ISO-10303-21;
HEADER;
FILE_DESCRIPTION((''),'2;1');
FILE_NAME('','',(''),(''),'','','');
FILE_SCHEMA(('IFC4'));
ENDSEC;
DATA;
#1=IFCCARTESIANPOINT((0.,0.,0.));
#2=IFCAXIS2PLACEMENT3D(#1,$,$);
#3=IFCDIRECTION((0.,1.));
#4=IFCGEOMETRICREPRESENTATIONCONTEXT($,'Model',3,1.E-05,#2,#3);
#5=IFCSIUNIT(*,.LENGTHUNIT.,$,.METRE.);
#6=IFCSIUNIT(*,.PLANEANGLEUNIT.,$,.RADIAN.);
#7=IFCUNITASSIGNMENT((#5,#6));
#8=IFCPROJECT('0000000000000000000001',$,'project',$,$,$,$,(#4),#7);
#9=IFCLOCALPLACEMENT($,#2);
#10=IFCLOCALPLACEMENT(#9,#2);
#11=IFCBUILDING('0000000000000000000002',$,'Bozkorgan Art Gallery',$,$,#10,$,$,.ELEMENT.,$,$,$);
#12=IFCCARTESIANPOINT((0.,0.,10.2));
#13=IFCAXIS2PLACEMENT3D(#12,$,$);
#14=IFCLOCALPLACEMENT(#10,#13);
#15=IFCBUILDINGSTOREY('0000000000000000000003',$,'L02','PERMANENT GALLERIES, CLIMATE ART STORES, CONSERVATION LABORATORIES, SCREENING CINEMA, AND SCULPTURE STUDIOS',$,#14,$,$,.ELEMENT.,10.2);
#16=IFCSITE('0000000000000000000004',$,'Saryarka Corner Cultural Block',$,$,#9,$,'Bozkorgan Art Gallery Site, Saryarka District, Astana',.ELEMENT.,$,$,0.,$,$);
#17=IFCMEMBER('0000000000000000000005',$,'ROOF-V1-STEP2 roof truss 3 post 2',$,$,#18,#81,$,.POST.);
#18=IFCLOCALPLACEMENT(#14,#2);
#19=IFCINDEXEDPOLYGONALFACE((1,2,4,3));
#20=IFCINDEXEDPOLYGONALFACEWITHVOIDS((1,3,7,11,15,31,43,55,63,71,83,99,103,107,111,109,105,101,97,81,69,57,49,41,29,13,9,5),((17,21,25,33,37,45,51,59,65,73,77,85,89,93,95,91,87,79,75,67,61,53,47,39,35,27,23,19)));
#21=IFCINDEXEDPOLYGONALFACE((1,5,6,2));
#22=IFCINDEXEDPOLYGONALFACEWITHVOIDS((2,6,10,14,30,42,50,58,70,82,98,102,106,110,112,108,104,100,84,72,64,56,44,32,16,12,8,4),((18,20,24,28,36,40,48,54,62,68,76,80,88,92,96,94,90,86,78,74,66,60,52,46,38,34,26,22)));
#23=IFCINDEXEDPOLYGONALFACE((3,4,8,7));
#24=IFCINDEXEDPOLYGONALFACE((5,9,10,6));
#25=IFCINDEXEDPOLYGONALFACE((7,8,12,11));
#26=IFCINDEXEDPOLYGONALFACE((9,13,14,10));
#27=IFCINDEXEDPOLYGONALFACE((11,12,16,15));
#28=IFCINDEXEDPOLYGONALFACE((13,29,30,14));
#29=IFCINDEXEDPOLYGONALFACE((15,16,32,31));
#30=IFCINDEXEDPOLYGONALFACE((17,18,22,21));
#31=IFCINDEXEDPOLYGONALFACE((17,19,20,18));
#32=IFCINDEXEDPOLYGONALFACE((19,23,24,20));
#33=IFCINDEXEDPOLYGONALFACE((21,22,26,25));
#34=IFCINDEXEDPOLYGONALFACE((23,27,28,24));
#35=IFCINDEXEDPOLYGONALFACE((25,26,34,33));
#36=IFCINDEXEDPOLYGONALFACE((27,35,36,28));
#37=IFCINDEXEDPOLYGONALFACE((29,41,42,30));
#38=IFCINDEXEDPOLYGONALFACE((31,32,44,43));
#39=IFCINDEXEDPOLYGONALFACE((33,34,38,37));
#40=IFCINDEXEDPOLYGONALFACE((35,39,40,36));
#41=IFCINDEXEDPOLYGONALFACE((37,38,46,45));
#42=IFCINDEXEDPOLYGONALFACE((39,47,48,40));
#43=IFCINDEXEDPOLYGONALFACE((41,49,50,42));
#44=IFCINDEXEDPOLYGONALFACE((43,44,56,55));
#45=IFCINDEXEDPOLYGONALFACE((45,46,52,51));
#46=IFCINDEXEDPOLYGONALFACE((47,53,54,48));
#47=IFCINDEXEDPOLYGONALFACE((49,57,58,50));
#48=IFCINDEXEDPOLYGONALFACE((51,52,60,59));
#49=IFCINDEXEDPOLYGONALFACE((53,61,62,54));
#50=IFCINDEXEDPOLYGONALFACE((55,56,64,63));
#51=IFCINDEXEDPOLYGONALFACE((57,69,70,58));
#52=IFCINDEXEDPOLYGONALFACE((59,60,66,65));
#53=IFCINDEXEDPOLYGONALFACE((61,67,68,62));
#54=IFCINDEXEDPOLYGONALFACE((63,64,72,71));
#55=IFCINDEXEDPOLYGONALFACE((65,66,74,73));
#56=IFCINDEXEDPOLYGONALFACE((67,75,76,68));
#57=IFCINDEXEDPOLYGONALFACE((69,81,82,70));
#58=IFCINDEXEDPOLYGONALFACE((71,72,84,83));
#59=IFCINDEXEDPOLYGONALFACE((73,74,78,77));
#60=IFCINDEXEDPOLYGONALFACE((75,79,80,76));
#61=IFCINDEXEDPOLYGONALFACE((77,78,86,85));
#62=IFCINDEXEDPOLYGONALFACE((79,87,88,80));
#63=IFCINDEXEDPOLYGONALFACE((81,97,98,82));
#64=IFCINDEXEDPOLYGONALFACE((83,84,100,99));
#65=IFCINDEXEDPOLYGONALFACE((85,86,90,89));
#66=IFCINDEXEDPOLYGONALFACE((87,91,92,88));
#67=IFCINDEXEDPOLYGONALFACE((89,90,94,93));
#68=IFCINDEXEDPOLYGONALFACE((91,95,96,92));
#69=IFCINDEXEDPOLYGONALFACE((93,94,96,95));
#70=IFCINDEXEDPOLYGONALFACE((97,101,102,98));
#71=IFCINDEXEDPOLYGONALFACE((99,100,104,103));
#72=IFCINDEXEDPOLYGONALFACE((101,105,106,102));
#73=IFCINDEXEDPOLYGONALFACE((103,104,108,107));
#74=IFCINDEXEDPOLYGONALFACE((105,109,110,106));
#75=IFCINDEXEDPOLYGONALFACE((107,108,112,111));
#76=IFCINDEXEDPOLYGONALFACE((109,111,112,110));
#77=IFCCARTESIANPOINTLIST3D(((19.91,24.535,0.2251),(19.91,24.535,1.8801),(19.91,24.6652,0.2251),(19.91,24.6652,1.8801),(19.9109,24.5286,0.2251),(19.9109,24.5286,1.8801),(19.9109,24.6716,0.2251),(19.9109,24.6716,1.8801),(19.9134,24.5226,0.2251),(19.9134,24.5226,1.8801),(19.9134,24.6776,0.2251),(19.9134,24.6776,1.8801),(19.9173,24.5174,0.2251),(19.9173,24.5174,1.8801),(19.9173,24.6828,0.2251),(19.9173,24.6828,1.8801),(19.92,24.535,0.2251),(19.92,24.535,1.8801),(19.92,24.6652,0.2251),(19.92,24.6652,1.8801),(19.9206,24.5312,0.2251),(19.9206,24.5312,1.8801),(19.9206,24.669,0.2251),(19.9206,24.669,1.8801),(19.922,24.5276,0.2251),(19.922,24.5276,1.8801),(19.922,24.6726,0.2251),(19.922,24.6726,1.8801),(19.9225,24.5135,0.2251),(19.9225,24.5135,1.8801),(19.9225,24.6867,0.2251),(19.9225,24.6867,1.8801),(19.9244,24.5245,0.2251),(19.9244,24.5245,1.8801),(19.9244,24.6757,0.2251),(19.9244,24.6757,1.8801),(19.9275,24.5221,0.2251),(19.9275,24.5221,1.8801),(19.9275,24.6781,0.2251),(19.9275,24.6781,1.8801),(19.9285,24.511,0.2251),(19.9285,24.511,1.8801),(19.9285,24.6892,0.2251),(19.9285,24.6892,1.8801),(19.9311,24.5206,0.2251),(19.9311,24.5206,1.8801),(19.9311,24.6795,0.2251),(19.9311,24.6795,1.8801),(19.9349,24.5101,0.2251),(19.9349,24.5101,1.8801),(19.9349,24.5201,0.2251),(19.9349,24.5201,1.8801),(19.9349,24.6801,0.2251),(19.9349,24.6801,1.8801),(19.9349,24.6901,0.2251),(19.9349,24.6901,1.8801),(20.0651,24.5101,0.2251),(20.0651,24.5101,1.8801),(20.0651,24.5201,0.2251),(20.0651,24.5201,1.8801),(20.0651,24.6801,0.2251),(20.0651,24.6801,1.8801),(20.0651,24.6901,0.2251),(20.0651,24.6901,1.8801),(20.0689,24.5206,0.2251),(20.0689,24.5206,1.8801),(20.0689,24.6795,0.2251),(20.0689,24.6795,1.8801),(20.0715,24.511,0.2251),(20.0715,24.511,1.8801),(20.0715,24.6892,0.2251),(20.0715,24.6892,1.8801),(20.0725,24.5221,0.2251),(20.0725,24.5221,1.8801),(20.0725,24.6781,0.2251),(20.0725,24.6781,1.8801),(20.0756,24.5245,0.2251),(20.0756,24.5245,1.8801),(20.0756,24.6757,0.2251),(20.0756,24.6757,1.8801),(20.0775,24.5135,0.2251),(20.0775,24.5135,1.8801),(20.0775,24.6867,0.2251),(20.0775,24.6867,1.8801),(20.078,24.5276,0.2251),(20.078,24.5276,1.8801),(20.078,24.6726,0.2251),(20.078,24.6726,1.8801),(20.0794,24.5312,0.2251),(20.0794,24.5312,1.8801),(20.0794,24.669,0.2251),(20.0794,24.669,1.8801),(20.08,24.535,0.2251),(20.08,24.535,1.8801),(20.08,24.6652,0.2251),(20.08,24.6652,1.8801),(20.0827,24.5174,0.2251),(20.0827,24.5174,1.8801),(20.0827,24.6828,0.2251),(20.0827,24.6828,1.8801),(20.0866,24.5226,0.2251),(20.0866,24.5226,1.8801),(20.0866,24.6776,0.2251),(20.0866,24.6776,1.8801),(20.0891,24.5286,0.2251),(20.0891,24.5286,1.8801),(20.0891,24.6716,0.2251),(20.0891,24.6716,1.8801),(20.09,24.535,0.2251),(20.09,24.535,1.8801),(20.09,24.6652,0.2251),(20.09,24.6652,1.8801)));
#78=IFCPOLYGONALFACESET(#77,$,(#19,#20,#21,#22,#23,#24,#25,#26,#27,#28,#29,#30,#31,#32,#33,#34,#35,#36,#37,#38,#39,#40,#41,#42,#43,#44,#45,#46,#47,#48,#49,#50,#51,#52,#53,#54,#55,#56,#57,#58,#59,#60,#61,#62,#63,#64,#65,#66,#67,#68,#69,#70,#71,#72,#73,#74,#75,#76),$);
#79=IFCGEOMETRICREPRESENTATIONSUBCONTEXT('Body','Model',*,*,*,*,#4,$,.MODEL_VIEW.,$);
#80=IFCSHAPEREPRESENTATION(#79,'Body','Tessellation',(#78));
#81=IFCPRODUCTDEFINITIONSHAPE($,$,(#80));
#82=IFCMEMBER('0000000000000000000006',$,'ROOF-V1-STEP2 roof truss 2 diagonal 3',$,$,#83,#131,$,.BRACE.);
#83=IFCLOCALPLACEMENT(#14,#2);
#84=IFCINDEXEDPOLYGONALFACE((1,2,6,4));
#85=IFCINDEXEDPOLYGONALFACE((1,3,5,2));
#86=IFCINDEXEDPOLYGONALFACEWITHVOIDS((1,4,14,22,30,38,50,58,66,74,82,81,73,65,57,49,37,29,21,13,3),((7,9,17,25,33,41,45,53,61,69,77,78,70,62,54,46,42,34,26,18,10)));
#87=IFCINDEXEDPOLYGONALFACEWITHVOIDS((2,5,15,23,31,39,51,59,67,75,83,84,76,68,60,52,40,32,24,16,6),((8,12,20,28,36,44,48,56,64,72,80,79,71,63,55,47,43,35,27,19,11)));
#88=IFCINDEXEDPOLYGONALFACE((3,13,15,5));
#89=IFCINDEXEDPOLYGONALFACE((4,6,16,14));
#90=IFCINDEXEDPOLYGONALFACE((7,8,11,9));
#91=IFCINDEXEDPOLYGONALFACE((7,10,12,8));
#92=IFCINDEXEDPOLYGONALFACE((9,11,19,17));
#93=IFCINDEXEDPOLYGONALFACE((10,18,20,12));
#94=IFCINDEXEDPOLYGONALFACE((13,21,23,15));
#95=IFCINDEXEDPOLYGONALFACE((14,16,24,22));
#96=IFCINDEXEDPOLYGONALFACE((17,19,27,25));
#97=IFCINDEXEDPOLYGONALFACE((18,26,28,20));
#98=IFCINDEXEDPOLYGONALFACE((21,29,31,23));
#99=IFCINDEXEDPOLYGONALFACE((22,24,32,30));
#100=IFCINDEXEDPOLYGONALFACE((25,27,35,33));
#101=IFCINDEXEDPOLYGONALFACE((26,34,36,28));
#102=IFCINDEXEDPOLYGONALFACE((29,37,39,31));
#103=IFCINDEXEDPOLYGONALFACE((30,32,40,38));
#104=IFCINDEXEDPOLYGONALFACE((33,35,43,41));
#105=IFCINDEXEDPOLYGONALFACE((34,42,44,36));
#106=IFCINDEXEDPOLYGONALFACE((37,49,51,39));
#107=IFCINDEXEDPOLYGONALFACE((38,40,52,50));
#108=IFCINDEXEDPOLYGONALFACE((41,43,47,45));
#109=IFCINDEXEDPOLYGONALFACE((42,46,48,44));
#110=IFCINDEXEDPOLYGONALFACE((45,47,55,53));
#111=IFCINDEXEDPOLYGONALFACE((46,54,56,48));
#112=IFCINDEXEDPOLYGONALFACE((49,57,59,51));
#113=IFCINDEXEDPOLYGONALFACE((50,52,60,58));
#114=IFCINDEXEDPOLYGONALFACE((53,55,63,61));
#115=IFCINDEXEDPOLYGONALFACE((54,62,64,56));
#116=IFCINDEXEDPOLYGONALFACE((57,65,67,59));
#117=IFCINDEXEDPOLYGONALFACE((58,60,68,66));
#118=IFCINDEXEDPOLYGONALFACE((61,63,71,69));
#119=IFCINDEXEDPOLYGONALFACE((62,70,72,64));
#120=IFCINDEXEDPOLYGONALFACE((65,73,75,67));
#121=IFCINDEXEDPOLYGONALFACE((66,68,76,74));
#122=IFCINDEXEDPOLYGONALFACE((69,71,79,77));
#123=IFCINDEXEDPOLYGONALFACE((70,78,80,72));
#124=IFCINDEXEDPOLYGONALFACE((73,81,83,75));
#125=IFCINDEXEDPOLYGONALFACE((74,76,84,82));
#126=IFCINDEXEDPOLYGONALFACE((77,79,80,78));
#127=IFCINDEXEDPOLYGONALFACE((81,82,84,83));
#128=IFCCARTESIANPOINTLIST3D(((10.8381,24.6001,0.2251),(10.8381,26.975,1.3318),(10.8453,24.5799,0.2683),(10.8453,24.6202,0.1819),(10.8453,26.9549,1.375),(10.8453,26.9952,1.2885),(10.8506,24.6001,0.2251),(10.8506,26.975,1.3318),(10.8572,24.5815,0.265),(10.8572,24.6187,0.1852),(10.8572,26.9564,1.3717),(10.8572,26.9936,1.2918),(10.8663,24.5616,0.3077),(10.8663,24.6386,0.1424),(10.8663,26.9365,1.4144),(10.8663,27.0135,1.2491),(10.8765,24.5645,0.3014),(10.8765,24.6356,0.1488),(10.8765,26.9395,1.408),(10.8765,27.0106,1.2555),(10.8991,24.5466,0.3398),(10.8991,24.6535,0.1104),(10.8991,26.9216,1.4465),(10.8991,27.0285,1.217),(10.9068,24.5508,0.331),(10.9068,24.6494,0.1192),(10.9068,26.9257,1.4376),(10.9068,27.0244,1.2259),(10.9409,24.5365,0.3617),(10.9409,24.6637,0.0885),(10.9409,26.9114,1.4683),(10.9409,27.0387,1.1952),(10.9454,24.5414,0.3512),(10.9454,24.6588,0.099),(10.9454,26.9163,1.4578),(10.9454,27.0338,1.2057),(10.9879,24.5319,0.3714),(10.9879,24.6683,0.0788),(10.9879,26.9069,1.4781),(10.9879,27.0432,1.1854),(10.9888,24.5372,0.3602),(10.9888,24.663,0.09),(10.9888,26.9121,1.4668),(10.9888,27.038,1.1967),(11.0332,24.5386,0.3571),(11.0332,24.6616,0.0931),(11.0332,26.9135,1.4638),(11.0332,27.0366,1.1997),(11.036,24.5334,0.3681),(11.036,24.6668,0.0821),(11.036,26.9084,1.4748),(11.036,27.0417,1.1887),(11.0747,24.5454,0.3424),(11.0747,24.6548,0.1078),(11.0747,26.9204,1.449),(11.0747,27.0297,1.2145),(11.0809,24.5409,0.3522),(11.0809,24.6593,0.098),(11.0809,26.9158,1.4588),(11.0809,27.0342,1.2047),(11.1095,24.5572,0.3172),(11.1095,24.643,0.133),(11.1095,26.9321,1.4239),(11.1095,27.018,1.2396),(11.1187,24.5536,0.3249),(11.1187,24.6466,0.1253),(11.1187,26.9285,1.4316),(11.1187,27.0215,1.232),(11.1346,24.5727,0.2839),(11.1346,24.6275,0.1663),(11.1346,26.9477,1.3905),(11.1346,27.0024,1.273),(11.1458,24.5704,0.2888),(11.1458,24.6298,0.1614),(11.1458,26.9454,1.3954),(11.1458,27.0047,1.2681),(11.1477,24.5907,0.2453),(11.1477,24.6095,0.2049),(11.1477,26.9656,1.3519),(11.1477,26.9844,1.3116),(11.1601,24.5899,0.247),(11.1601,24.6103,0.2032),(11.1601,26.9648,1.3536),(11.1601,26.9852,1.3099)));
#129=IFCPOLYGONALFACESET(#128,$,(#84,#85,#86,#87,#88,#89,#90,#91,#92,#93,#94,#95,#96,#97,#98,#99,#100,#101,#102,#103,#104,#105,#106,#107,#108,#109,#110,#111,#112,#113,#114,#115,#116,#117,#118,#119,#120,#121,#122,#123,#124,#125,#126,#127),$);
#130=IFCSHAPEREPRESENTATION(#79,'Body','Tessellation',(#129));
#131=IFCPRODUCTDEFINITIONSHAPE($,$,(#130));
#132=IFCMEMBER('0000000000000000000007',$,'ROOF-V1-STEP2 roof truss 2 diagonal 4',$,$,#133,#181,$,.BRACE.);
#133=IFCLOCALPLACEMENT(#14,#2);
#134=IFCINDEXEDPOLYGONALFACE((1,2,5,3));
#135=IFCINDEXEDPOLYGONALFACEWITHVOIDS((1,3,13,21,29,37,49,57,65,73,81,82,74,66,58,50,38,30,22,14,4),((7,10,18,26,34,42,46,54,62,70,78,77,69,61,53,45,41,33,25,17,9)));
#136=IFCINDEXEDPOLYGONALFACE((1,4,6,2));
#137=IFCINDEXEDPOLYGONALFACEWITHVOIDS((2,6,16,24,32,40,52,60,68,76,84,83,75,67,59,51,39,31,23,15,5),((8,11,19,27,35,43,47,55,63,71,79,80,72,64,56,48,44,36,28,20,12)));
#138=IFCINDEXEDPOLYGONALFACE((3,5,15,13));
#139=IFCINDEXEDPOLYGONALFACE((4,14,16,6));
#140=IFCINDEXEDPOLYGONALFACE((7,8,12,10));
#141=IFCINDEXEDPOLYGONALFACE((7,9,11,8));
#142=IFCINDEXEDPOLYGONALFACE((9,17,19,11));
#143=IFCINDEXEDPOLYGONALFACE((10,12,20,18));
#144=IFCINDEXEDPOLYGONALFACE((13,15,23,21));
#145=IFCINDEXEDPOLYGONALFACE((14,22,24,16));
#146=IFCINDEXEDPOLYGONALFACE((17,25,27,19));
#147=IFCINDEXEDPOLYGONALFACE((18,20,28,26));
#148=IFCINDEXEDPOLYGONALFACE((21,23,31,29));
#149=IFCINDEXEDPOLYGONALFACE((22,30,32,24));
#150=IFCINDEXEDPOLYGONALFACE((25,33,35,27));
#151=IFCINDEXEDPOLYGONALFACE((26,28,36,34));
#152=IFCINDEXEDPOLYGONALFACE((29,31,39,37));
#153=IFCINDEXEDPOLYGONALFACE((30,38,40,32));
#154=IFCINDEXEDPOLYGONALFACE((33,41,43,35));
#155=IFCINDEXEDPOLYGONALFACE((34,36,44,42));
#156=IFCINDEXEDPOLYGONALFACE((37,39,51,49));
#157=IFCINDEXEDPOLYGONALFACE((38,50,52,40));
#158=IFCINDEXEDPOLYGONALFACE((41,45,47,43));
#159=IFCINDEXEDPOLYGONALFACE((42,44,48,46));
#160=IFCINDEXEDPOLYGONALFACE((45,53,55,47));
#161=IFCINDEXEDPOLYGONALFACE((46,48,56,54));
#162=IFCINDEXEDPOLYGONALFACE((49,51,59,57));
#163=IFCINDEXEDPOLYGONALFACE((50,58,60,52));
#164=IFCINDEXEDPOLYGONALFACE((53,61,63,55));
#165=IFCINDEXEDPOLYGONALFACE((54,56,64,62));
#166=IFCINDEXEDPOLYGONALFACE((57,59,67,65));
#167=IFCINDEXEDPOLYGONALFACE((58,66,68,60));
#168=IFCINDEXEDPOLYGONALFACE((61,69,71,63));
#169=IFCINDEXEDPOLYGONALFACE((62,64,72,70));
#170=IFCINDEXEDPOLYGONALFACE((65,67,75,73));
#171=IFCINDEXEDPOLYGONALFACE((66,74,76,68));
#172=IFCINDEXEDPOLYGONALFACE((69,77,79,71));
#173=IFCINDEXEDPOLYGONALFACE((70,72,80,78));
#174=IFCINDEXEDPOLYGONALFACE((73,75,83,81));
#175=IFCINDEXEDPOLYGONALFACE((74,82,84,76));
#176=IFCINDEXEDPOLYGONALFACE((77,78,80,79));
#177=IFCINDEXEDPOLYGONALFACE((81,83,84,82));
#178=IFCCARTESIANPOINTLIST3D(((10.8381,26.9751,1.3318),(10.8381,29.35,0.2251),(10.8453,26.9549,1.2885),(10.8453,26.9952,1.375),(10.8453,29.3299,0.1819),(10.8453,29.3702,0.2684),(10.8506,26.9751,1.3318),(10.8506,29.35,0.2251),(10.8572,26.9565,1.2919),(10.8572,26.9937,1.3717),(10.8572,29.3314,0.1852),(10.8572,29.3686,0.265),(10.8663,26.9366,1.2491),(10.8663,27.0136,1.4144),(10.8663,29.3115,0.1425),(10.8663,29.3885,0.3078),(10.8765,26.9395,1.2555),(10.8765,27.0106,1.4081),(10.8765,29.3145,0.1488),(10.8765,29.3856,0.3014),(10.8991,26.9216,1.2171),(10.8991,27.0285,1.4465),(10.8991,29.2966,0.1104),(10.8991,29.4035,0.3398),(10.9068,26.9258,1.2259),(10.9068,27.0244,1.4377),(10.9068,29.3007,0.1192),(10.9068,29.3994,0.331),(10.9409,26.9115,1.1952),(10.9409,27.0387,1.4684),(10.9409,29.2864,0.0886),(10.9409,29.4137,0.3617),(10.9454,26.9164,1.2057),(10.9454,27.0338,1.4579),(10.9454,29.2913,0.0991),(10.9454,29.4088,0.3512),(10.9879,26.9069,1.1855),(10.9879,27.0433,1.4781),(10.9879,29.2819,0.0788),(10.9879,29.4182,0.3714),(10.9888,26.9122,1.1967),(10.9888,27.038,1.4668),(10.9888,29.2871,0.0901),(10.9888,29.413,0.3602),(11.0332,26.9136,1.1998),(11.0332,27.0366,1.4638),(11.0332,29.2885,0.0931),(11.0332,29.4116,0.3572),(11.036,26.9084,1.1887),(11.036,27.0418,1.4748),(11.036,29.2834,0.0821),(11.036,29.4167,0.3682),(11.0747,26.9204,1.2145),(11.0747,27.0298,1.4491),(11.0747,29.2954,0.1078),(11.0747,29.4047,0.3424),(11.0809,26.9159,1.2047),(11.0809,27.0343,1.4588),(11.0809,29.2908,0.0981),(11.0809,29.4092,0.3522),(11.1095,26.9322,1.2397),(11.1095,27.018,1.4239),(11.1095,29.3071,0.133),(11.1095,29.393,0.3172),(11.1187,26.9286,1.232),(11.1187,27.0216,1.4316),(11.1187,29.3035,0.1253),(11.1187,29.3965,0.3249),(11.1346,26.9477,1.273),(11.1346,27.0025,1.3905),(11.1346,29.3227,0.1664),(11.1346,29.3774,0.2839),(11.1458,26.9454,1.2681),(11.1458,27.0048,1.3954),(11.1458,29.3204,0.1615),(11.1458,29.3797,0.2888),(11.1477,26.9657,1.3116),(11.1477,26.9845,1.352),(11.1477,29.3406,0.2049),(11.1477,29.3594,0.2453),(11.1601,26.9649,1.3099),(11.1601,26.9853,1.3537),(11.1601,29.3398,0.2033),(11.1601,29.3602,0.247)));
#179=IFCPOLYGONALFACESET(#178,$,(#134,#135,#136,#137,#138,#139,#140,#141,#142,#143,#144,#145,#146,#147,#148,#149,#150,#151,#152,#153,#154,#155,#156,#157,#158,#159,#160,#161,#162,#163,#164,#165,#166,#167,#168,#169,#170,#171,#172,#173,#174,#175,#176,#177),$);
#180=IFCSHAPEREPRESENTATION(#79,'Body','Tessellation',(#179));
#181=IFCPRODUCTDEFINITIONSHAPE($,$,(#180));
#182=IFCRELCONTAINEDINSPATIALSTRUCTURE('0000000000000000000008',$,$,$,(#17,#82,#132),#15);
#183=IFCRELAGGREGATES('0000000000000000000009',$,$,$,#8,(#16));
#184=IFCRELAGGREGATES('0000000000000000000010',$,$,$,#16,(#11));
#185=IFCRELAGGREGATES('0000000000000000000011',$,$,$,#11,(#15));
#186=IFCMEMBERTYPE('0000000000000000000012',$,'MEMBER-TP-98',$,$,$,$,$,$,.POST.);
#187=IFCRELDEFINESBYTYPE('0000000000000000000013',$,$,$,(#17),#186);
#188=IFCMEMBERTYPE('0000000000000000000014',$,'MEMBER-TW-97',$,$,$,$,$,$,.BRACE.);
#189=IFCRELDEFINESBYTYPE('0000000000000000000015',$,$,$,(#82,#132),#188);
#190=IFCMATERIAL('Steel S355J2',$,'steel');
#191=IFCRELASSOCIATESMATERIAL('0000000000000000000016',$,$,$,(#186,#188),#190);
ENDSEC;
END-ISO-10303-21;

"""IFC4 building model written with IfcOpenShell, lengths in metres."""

from ifc_helpers import new_model, si_unit, direction, frame, origin, origin_2d, place, context, subcontext, project, spatial, hollow_rectangle, hollow_circle, extrude, material, material_profile, profile_set, type_object, element, save


model = new_model("IFC4")

# Units and contexts
model_context = context("Model", 3, precision=1e-05, world=origin(), true_north=direction((0.0, 1.0)))
body_context = subcontext(model_context, "Body", "Model", "MODEL_VIEW")
ifc_project = project(units=[si_unit("LENGTHUNIT", "METRE"), si_unit("PLANEANGLEUNIT", "RADIAN")], contexts=[model_context])

# Site, building, storey
site_placement = place(None, origin())
site = spatial("IfcSite", under=ifc_project, at=site_placement, Name="Saryarka Corner Cultural Block", LongName="Bozkorgan Art Gallery Site, Saryarka District, Astana", CompositionType="ELEMENT", RefElevation=0.0)
building_placement = place(site_placement, origin())
building = spatial("IfcBuilding", under=site, at=building_placement, Name="Bozkorgan Art Gallery", CompositionType="ELEMENT")
storey_placement = place(building_placement, frame((0.0, 0.0, 10.2)))
storey = spatial("IfcBuildingStorey", under=building, at=storey_placement, Name="L02", Description="PERMANENT GALLERIES, CLIMATE ART STORES, CONSERVATION LABORATORIES, SCREENING CINEMA, AND SCULPTURE STUDIOS", CompositionType="ELEMENT", Elevation=10.2)

# Members
ifc_material_1 = material(Name="Steel S355J2", Category="steel")
ifc_material_profile_1 = material_profile(ifc_material_1, hollow_rectangle(XDim=0.1799, YDim=0.1799, WallThickness=0.01, InnerFilletRadius=0.0149, OuterFilletRadius=0.0249, at=origin_2d()), Name="SHS 180x180x10")
ifc_profile_set_1 = profile_set([ifc_material_profile_1], Name="Steel S355J2")
member_type_1 = type_object("IfcMemberType", Name="MEMBER-TP-98", PredefinedType="POST", material=ifc_profile_set_1)
member_1_placement = place(storey_placement, frame((20.0, 24.6001, 0.2251), z_axis=(0.0, 0.0, 1.0), x_axis=(1.0, 0.0, 0.0)))
element("IfcMember", 1, at=member_1_placement, inside=storey, type_object=member_type_1, Name="ROOF-V1-STEP2 roof truss 3 post 2", PredefinedType="POST", context=body_context, shape_type="SweptSolid", body=[
    extrude(hollow_rectangle(XDim=0.1799, YDim=0.1799, WallThickness=0.01, InnerFilletRadius=0.0149, OuterFilletRadius=0.0249, at=origin_2d()), origin(), (0.0, 0.0, 1.0), 1.655),
])
ifc_material_profile_2 = material_profile(ifc_material_1, hollow_circle(Radius=0.1619, WallThickness=0.0125, at=origin_2d()), Name="CHS 323.9x12.5")
ifc_profile_set_2 = profile_set([ifc_material_profile_2], Name="Steel S355J2")
member_type_2 = type_object("IfcMemberType", Name="MEMBER-TW-97", PredefinedType="BRACE", material=ifc_profile_set_2)
for number, where, z_axis, x_axis, name in (
    (2, (11.0, 24.6001, 0.2251), (0.0, 0.906423, 0.42237), (-1.0, 0.0, 0.0), "ROOF-V1-STEP2 roof truss 2 diagonal 3"),
    (3, (11.0, 26.9751, 1.3318), (0.0, 0.906423, -0.42237), (-1.0, 0.0, 0.0), "ROOF-V1-STEP2 roof truss 2 diagonal 4"),
):
    element("IfcMember", number, at=place(storey_placement, frame(where, z_axis=z_axis, x_axis=x_axis)), inside=storey, type_object=member_type_2, Name=name, PredefinedType="BRACE", context=body_context, shape_type="SweptSolid", body=[
        extrude(hollow_circle(Radius=0.1619, WallThickness=0.0125, at=origin_2d()), origin(), (0.0, 0.0, 1.0), 2.6201),
    ])

save(model, "model.ifc")
